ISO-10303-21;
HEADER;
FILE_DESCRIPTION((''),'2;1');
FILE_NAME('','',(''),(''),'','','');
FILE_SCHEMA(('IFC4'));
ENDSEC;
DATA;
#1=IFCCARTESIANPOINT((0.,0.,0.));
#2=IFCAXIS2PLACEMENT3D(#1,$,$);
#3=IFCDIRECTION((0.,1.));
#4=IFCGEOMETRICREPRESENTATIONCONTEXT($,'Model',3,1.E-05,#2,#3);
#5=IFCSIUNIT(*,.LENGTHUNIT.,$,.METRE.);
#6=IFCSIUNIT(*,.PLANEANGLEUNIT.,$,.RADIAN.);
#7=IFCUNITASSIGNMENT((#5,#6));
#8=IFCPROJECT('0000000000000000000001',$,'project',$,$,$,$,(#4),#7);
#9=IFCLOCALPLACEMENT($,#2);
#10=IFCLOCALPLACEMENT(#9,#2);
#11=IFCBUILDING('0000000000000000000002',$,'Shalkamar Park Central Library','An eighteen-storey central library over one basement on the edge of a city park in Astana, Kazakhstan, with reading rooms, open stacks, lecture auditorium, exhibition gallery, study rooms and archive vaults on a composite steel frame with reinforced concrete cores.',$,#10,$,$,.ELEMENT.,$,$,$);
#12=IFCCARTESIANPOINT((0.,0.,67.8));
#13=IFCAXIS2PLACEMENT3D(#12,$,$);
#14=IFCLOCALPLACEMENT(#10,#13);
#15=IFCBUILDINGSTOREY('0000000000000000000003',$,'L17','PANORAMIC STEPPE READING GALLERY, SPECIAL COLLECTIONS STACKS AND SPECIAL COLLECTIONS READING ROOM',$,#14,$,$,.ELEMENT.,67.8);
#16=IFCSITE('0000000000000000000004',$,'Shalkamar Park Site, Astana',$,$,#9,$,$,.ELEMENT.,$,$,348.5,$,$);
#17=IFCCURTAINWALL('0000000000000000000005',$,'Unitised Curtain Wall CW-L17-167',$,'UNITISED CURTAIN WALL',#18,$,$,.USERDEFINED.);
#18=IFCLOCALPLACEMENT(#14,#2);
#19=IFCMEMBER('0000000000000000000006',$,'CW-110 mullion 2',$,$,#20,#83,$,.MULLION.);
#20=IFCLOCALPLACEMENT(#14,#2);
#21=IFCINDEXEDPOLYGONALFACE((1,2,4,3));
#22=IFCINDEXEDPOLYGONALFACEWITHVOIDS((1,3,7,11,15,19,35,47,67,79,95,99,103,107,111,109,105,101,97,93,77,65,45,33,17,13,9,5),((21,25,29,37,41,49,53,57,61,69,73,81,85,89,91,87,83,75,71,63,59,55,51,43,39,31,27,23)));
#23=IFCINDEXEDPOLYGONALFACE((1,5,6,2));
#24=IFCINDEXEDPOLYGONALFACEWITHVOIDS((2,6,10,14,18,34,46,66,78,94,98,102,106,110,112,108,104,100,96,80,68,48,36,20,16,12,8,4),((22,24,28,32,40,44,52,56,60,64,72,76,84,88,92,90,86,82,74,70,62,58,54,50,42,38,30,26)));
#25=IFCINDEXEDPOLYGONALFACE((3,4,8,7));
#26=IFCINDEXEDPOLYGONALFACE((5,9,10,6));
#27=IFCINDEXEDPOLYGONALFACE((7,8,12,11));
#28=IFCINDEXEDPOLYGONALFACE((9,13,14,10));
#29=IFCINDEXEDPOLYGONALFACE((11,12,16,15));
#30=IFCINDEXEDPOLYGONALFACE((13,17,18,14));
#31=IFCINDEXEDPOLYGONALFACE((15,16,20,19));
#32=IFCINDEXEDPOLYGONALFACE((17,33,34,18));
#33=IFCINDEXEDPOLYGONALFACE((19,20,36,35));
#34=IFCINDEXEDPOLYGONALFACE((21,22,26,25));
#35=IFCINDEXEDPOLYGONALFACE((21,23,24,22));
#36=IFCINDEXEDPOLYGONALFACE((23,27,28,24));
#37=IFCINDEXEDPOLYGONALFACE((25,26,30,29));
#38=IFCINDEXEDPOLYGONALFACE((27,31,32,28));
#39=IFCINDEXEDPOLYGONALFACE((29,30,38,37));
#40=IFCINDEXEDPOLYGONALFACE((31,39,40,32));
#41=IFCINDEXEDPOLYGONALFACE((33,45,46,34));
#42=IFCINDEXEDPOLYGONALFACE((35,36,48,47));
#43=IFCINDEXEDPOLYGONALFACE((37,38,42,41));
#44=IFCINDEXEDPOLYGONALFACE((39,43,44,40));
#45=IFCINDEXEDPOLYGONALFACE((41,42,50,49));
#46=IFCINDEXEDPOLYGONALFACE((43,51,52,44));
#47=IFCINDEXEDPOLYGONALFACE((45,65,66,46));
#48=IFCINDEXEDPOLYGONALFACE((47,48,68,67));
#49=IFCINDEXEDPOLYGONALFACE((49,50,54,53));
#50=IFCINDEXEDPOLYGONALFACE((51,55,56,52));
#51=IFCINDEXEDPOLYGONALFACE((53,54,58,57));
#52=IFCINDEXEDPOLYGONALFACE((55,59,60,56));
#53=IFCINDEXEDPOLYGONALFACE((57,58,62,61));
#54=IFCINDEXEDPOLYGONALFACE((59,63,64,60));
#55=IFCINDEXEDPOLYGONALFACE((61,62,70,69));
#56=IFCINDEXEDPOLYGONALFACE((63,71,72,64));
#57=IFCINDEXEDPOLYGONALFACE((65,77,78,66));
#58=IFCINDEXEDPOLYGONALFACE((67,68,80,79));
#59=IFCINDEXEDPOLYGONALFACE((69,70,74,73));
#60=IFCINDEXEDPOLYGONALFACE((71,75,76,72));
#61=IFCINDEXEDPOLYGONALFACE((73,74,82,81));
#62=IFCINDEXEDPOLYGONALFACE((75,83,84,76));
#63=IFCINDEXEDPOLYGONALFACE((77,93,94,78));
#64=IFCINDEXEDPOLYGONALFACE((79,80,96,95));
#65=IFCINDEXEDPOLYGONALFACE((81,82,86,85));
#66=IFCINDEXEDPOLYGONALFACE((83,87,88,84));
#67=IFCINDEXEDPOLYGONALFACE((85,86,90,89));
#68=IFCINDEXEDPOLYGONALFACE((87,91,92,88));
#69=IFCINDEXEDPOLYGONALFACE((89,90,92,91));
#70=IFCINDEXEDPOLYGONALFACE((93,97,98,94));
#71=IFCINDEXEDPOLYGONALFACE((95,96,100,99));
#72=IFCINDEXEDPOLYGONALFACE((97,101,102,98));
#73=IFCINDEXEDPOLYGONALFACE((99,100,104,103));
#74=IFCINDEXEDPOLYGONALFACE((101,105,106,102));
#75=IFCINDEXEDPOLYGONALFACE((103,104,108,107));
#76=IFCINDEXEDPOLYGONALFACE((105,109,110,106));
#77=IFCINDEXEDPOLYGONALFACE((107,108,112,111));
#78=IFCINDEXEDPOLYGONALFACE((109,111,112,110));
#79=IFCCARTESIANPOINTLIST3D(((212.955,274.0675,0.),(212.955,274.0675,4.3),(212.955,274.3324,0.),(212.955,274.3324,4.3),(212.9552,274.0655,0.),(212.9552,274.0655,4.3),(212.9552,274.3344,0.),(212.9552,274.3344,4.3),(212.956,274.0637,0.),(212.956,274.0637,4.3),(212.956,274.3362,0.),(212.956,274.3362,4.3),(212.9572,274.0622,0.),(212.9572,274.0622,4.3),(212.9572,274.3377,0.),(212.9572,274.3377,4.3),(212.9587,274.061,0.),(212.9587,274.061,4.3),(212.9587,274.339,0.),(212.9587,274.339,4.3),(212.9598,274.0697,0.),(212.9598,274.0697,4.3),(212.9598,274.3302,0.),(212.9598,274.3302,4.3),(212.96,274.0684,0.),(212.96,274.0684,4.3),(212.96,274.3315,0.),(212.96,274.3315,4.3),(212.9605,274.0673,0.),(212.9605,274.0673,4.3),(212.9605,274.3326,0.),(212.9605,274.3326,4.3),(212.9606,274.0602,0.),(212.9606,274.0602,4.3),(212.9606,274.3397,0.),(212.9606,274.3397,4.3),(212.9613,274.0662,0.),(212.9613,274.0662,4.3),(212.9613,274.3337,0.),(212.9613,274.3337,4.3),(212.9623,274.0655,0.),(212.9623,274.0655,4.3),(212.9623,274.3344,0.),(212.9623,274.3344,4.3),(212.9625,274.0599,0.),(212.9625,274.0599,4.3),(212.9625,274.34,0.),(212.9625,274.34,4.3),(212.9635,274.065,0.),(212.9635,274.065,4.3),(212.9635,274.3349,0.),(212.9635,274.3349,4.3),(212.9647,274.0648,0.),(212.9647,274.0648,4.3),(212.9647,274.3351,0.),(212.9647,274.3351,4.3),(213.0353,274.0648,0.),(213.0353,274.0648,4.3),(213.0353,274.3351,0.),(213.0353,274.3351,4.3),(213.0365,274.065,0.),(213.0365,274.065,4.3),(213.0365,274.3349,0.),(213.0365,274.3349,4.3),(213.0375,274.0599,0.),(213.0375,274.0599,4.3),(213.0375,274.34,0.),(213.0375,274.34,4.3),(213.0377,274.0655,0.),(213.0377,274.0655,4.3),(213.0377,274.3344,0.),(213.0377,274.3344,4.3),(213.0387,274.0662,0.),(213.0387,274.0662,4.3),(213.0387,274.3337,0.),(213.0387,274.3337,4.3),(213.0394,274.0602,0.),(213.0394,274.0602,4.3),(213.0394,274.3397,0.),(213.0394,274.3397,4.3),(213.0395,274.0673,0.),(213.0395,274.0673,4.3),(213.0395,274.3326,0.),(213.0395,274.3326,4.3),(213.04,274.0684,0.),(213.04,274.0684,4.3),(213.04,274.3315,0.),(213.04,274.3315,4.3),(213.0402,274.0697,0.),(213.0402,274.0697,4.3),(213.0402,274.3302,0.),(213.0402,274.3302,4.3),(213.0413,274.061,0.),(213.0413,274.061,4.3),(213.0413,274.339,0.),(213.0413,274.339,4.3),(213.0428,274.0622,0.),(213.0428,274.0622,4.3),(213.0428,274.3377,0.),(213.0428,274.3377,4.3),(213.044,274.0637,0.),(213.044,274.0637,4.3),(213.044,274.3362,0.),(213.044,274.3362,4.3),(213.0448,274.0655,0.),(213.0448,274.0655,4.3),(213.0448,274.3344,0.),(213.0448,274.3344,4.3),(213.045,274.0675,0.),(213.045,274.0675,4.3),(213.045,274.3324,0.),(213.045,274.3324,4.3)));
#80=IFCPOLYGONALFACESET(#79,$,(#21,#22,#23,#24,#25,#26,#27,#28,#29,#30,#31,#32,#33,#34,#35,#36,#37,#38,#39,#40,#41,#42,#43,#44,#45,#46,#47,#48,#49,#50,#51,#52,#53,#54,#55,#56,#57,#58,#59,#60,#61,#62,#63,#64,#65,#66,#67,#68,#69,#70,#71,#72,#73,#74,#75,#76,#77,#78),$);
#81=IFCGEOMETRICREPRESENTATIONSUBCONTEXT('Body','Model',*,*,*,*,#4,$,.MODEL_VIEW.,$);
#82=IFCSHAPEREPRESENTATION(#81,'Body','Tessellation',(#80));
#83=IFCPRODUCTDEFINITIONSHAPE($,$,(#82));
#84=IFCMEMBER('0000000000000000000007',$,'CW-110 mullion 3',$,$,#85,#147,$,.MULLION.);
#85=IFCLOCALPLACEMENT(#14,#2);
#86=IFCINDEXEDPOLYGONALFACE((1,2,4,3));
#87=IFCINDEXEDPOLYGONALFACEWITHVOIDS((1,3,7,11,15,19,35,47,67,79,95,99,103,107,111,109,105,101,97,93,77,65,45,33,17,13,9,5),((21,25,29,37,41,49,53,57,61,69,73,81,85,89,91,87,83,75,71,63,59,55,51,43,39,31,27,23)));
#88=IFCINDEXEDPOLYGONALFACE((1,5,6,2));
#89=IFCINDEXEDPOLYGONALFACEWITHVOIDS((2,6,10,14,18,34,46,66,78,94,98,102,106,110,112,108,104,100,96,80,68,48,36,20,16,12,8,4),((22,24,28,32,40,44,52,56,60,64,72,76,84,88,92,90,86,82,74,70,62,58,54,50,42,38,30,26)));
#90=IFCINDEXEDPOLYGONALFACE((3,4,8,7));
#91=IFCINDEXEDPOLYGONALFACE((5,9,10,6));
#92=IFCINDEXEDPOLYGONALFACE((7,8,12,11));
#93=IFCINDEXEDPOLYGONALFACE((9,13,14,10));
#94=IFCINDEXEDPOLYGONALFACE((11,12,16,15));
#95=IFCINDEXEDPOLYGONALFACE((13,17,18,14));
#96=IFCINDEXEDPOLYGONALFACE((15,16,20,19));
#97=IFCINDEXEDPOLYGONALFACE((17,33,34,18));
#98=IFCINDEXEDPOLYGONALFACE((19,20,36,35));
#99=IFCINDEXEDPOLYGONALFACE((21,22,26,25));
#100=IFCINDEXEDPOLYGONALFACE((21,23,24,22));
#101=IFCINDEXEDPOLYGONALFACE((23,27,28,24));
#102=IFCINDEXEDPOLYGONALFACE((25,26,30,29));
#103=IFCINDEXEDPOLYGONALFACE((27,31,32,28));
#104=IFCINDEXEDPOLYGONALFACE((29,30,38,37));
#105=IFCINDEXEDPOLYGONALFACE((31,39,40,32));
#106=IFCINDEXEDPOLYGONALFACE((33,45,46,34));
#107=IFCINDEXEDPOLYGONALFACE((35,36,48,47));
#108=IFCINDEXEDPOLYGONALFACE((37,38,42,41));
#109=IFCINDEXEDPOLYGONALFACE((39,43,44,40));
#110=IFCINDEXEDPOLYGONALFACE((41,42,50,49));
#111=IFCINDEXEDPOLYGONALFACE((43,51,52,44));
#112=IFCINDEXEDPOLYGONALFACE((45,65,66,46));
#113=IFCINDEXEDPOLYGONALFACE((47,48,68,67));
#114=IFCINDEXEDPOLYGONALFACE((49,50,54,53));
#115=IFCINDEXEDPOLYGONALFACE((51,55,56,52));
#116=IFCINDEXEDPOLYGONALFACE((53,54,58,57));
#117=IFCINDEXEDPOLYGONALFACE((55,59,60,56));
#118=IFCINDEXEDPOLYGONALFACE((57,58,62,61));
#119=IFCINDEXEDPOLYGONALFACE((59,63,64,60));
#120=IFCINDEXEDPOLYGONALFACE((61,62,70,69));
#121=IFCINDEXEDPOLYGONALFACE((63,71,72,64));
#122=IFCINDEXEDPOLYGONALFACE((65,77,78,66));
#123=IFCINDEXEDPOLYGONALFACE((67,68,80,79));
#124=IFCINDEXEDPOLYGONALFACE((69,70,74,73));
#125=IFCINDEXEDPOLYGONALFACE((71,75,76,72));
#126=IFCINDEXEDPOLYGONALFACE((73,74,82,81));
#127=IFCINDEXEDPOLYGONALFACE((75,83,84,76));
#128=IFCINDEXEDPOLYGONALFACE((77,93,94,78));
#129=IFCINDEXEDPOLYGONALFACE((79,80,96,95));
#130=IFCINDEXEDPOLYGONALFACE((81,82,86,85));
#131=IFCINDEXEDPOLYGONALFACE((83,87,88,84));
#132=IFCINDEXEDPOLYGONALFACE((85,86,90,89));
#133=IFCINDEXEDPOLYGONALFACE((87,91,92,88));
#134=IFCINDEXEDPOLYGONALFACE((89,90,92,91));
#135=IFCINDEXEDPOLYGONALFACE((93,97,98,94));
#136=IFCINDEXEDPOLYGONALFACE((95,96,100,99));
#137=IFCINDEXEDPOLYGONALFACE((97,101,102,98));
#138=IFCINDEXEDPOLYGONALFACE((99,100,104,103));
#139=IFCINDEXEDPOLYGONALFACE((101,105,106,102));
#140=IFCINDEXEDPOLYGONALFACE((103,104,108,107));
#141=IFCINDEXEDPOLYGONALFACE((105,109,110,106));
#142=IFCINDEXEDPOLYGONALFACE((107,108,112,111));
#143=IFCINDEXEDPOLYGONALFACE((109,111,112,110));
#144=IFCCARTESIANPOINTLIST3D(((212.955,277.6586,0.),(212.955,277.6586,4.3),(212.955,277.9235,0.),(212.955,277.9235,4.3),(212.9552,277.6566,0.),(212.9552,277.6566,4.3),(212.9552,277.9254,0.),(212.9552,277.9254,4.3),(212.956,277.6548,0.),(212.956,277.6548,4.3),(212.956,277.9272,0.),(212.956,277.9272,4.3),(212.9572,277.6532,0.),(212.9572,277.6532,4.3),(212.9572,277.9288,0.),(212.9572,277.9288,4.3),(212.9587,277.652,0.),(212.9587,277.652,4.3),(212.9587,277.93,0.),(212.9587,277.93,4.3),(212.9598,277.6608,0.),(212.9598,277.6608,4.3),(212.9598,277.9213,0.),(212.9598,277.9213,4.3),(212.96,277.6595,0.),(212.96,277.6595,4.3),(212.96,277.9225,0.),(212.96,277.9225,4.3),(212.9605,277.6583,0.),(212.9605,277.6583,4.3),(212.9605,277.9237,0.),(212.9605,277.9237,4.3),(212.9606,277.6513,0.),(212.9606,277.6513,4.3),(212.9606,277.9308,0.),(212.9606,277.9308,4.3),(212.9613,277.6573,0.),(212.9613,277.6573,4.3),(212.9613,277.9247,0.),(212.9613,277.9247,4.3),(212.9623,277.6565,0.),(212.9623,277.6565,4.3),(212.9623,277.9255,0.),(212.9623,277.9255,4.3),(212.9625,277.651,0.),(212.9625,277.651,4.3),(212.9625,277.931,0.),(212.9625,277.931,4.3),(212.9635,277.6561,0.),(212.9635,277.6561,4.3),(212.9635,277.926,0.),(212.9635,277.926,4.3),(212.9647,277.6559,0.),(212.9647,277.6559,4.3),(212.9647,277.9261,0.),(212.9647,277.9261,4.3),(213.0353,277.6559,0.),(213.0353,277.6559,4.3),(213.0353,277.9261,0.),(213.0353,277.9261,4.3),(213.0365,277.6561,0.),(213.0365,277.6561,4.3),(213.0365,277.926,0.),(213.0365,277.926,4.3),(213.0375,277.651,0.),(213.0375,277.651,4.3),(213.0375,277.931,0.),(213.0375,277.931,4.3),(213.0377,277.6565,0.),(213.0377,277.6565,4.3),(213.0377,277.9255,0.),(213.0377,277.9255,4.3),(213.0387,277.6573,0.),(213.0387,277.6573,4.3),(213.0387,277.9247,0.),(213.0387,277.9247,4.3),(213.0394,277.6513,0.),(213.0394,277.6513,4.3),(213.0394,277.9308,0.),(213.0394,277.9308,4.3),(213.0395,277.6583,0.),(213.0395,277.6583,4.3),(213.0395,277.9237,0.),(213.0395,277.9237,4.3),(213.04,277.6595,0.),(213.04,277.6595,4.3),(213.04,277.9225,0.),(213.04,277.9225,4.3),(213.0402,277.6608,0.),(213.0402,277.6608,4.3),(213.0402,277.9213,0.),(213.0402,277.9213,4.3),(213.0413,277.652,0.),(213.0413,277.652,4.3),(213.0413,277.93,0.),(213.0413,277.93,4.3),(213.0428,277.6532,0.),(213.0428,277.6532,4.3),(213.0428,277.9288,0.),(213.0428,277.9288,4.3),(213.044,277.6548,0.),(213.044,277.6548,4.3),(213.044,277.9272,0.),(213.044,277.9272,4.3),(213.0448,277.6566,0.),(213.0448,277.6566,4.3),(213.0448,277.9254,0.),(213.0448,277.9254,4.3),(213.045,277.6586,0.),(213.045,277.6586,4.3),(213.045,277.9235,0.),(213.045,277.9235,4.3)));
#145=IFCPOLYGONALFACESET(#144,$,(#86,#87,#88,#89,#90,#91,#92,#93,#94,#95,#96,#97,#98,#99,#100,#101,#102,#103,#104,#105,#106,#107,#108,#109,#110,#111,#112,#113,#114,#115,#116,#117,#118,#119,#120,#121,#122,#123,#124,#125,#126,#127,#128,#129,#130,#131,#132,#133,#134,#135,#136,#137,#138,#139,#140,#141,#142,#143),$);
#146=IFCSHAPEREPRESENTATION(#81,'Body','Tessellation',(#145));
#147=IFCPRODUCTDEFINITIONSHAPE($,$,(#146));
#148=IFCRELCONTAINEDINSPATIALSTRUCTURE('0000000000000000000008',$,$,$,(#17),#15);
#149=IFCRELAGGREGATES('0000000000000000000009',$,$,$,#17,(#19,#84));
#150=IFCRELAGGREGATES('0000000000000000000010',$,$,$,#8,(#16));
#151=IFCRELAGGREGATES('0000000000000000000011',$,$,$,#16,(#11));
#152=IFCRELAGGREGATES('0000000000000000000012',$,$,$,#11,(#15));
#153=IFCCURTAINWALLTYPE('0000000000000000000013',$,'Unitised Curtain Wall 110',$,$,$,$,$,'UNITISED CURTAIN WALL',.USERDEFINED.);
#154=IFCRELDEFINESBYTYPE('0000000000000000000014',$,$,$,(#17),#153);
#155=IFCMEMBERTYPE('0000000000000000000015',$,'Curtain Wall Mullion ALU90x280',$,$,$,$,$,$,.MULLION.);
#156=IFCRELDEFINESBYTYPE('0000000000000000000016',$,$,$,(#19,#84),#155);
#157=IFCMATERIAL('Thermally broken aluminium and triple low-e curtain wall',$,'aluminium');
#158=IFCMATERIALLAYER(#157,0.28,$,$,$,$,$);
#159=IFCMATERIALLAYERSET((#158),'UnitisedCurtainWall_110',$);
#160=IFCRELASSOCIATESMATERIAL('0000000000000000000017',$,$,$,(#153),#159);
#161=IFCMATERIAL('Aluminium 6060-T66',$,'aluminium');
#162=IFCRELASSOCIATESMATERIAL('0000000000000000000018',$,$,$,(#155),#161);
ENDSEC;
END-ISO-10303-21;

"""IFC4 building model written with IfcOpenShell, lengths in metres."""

from ifc_helpers import new_model, si_unit, direction, frame, origin, origin_2d, place, context, subcontext, project, spatial, hollow_rectangle, extrude, material, layer, layer_set, material_profile, profile_set, type_object, element, aggregate, save


model = new_model("IFC4")

# Units and contexts
model_context = context("Model", 3, precision=1e-05, world=origin(), true_north=direction((0.0, 1.0)))
body_context = subcontext(model_context, "Body", "Model", "MODEL_VIEW")
ifc_project = project(units=[si_unit("LENGTHUNIT", "METRE"), si_unit("PLANEANGLEUNIT", "RADIAN")], contexts=[model_context])

# Site, building, storey
site_placement = place(None, origin())
site = spatial("IfcSite", under=ifc_project, at=site_placement, Name="Shalkamar Park Site, Astana", CompositionType="ELEMENT", RefElevation=348.5)
building_placement = place(site_placement, origin())
building = spatial("IfcBuilding", under=site, at=building_placement, Name="Shalkamar Park Central Library", Description="An eighteen-storey central library over one basement on the edge of a city park in Astana, Kazakhstan, with reading rooms, open stacks, lecture auditorium, exhibition gallery, study rooms and archive vaults on a composite steel frame with reinforced concrete cores.", CompositionType="ELEMENT")
storey_placement = place(building_placement, frame((0.0, 0.0, 67.8)))
storey = spatial("IfcBuildingStorey", under=building, at=storey_placement, Name="L17", Description="PANORAMIC STEPPE READING GALLERY, SPECIAL COLLECTIONS STACKS AND SPECIAL COLLECTIONS READING ROOM", CompositionType="ELEMENT", Elevation=67.8)

# Shared definitions
ifc_material_1 = material(Name="Thermally broken aluminium and triple low-e curtain wall", Category="aluminium")
ifc_material_2 = material(Name="Aluminium 6060-T66", Category="aluminium")

# Curtain wall, members
ifc_layer_1 = layer(ifc_material_1, 0.28)
ifc_layer_set_1 = layer_set([ifc_layer_1], Name="UnitisedCurtainWall_110")
curtain_wall_type_1 = type_object("IfcCurtainWallType", Name="Unitised Curtain Wall 110", ElementType="UNITISED CURTAIN WALL", PredefinedType="USERDEFINED", material=ifc_layer_set_1)
curtain_wall_1_placement = place(storey_placement, origin())
curtain_wall_1 = element("IfcCurtainWall", 1, at=curtain_wall_1_placement, inside=storey, type_object=curtain_wall_type_1, Name="Unitised Curtain Wall CW-L17-167", ObjectType="UNITISED CURTAIN WALL", PredefinedType="USERDEFINED")
ifc_material_profile_1 = material_profile(ifc_material_2, hollow_rectangle(XDim=0.0901, YDim=0.28, WallThickness=0.0049, InnerFilletRadius=0.0049, OuterFilletRadius=0.0076, at=origin_2d()), Name="ALU 90x280x5")
ifc_profile_set_1 = profile_set([ifc_material_profile_1], Name="Aluminium 6060-T66")
member_type_1 = type_object("IfcMemberType", Name="Curtain Wall Mullion ALU90x280", PredefinedType="MULLION", material=ifc_profile_set_1)
member_1_placement = place(storey_placement, frame((213.0, 274.2, 0.0), z_axis=(0.0, 0.0, 1.0), x_axis=(-1.0, 0.0, 0.0)))
member_1 = element("IfcMember", 2, at=member_1_placement, type_object=member_type_1, Name="CW-110 mullion 2", PredefinedType="MULLION", context=body_context, shape_type="SweptSolid", body=[
    extrude(hollow_rectangle(XDim=0.0901, YDim=0.28, WallThickness=0.0049, InnerFilletRadius=0.0049, OuterFilletRadius=0.0076, at=origin_2d()), origin(), (0.0, 0.0, 1.0), 4.3),
])
member_2_placement = place(storey_placement, frame((213.0, 277.791, 0.0), z_axis=(0.0, 0.0, 1.0), x_axis=(-1.0, 0.0, 0.0)))
member_2 = element("IfcMember", 3, at=member_2_placement, type_object=member_type_1, Name="CW-110 mullion 3", PredefinedType="MULLION", context=body_context, shape_type="SweptSolid", body=[
    extrude(hollow_rectangle(XDim=0.0901, YDim=0.28, WallThickness=0.0049, InnerFilletRadius=0.0049, OuterFilletRadius=0.0076, at=origin_2d()), origin(), (0.0, 0.0, 1.0), 4.3),
])

aggregate(curtain_wall_1, [member_1, member_2])

save(model, "model.ifc")
